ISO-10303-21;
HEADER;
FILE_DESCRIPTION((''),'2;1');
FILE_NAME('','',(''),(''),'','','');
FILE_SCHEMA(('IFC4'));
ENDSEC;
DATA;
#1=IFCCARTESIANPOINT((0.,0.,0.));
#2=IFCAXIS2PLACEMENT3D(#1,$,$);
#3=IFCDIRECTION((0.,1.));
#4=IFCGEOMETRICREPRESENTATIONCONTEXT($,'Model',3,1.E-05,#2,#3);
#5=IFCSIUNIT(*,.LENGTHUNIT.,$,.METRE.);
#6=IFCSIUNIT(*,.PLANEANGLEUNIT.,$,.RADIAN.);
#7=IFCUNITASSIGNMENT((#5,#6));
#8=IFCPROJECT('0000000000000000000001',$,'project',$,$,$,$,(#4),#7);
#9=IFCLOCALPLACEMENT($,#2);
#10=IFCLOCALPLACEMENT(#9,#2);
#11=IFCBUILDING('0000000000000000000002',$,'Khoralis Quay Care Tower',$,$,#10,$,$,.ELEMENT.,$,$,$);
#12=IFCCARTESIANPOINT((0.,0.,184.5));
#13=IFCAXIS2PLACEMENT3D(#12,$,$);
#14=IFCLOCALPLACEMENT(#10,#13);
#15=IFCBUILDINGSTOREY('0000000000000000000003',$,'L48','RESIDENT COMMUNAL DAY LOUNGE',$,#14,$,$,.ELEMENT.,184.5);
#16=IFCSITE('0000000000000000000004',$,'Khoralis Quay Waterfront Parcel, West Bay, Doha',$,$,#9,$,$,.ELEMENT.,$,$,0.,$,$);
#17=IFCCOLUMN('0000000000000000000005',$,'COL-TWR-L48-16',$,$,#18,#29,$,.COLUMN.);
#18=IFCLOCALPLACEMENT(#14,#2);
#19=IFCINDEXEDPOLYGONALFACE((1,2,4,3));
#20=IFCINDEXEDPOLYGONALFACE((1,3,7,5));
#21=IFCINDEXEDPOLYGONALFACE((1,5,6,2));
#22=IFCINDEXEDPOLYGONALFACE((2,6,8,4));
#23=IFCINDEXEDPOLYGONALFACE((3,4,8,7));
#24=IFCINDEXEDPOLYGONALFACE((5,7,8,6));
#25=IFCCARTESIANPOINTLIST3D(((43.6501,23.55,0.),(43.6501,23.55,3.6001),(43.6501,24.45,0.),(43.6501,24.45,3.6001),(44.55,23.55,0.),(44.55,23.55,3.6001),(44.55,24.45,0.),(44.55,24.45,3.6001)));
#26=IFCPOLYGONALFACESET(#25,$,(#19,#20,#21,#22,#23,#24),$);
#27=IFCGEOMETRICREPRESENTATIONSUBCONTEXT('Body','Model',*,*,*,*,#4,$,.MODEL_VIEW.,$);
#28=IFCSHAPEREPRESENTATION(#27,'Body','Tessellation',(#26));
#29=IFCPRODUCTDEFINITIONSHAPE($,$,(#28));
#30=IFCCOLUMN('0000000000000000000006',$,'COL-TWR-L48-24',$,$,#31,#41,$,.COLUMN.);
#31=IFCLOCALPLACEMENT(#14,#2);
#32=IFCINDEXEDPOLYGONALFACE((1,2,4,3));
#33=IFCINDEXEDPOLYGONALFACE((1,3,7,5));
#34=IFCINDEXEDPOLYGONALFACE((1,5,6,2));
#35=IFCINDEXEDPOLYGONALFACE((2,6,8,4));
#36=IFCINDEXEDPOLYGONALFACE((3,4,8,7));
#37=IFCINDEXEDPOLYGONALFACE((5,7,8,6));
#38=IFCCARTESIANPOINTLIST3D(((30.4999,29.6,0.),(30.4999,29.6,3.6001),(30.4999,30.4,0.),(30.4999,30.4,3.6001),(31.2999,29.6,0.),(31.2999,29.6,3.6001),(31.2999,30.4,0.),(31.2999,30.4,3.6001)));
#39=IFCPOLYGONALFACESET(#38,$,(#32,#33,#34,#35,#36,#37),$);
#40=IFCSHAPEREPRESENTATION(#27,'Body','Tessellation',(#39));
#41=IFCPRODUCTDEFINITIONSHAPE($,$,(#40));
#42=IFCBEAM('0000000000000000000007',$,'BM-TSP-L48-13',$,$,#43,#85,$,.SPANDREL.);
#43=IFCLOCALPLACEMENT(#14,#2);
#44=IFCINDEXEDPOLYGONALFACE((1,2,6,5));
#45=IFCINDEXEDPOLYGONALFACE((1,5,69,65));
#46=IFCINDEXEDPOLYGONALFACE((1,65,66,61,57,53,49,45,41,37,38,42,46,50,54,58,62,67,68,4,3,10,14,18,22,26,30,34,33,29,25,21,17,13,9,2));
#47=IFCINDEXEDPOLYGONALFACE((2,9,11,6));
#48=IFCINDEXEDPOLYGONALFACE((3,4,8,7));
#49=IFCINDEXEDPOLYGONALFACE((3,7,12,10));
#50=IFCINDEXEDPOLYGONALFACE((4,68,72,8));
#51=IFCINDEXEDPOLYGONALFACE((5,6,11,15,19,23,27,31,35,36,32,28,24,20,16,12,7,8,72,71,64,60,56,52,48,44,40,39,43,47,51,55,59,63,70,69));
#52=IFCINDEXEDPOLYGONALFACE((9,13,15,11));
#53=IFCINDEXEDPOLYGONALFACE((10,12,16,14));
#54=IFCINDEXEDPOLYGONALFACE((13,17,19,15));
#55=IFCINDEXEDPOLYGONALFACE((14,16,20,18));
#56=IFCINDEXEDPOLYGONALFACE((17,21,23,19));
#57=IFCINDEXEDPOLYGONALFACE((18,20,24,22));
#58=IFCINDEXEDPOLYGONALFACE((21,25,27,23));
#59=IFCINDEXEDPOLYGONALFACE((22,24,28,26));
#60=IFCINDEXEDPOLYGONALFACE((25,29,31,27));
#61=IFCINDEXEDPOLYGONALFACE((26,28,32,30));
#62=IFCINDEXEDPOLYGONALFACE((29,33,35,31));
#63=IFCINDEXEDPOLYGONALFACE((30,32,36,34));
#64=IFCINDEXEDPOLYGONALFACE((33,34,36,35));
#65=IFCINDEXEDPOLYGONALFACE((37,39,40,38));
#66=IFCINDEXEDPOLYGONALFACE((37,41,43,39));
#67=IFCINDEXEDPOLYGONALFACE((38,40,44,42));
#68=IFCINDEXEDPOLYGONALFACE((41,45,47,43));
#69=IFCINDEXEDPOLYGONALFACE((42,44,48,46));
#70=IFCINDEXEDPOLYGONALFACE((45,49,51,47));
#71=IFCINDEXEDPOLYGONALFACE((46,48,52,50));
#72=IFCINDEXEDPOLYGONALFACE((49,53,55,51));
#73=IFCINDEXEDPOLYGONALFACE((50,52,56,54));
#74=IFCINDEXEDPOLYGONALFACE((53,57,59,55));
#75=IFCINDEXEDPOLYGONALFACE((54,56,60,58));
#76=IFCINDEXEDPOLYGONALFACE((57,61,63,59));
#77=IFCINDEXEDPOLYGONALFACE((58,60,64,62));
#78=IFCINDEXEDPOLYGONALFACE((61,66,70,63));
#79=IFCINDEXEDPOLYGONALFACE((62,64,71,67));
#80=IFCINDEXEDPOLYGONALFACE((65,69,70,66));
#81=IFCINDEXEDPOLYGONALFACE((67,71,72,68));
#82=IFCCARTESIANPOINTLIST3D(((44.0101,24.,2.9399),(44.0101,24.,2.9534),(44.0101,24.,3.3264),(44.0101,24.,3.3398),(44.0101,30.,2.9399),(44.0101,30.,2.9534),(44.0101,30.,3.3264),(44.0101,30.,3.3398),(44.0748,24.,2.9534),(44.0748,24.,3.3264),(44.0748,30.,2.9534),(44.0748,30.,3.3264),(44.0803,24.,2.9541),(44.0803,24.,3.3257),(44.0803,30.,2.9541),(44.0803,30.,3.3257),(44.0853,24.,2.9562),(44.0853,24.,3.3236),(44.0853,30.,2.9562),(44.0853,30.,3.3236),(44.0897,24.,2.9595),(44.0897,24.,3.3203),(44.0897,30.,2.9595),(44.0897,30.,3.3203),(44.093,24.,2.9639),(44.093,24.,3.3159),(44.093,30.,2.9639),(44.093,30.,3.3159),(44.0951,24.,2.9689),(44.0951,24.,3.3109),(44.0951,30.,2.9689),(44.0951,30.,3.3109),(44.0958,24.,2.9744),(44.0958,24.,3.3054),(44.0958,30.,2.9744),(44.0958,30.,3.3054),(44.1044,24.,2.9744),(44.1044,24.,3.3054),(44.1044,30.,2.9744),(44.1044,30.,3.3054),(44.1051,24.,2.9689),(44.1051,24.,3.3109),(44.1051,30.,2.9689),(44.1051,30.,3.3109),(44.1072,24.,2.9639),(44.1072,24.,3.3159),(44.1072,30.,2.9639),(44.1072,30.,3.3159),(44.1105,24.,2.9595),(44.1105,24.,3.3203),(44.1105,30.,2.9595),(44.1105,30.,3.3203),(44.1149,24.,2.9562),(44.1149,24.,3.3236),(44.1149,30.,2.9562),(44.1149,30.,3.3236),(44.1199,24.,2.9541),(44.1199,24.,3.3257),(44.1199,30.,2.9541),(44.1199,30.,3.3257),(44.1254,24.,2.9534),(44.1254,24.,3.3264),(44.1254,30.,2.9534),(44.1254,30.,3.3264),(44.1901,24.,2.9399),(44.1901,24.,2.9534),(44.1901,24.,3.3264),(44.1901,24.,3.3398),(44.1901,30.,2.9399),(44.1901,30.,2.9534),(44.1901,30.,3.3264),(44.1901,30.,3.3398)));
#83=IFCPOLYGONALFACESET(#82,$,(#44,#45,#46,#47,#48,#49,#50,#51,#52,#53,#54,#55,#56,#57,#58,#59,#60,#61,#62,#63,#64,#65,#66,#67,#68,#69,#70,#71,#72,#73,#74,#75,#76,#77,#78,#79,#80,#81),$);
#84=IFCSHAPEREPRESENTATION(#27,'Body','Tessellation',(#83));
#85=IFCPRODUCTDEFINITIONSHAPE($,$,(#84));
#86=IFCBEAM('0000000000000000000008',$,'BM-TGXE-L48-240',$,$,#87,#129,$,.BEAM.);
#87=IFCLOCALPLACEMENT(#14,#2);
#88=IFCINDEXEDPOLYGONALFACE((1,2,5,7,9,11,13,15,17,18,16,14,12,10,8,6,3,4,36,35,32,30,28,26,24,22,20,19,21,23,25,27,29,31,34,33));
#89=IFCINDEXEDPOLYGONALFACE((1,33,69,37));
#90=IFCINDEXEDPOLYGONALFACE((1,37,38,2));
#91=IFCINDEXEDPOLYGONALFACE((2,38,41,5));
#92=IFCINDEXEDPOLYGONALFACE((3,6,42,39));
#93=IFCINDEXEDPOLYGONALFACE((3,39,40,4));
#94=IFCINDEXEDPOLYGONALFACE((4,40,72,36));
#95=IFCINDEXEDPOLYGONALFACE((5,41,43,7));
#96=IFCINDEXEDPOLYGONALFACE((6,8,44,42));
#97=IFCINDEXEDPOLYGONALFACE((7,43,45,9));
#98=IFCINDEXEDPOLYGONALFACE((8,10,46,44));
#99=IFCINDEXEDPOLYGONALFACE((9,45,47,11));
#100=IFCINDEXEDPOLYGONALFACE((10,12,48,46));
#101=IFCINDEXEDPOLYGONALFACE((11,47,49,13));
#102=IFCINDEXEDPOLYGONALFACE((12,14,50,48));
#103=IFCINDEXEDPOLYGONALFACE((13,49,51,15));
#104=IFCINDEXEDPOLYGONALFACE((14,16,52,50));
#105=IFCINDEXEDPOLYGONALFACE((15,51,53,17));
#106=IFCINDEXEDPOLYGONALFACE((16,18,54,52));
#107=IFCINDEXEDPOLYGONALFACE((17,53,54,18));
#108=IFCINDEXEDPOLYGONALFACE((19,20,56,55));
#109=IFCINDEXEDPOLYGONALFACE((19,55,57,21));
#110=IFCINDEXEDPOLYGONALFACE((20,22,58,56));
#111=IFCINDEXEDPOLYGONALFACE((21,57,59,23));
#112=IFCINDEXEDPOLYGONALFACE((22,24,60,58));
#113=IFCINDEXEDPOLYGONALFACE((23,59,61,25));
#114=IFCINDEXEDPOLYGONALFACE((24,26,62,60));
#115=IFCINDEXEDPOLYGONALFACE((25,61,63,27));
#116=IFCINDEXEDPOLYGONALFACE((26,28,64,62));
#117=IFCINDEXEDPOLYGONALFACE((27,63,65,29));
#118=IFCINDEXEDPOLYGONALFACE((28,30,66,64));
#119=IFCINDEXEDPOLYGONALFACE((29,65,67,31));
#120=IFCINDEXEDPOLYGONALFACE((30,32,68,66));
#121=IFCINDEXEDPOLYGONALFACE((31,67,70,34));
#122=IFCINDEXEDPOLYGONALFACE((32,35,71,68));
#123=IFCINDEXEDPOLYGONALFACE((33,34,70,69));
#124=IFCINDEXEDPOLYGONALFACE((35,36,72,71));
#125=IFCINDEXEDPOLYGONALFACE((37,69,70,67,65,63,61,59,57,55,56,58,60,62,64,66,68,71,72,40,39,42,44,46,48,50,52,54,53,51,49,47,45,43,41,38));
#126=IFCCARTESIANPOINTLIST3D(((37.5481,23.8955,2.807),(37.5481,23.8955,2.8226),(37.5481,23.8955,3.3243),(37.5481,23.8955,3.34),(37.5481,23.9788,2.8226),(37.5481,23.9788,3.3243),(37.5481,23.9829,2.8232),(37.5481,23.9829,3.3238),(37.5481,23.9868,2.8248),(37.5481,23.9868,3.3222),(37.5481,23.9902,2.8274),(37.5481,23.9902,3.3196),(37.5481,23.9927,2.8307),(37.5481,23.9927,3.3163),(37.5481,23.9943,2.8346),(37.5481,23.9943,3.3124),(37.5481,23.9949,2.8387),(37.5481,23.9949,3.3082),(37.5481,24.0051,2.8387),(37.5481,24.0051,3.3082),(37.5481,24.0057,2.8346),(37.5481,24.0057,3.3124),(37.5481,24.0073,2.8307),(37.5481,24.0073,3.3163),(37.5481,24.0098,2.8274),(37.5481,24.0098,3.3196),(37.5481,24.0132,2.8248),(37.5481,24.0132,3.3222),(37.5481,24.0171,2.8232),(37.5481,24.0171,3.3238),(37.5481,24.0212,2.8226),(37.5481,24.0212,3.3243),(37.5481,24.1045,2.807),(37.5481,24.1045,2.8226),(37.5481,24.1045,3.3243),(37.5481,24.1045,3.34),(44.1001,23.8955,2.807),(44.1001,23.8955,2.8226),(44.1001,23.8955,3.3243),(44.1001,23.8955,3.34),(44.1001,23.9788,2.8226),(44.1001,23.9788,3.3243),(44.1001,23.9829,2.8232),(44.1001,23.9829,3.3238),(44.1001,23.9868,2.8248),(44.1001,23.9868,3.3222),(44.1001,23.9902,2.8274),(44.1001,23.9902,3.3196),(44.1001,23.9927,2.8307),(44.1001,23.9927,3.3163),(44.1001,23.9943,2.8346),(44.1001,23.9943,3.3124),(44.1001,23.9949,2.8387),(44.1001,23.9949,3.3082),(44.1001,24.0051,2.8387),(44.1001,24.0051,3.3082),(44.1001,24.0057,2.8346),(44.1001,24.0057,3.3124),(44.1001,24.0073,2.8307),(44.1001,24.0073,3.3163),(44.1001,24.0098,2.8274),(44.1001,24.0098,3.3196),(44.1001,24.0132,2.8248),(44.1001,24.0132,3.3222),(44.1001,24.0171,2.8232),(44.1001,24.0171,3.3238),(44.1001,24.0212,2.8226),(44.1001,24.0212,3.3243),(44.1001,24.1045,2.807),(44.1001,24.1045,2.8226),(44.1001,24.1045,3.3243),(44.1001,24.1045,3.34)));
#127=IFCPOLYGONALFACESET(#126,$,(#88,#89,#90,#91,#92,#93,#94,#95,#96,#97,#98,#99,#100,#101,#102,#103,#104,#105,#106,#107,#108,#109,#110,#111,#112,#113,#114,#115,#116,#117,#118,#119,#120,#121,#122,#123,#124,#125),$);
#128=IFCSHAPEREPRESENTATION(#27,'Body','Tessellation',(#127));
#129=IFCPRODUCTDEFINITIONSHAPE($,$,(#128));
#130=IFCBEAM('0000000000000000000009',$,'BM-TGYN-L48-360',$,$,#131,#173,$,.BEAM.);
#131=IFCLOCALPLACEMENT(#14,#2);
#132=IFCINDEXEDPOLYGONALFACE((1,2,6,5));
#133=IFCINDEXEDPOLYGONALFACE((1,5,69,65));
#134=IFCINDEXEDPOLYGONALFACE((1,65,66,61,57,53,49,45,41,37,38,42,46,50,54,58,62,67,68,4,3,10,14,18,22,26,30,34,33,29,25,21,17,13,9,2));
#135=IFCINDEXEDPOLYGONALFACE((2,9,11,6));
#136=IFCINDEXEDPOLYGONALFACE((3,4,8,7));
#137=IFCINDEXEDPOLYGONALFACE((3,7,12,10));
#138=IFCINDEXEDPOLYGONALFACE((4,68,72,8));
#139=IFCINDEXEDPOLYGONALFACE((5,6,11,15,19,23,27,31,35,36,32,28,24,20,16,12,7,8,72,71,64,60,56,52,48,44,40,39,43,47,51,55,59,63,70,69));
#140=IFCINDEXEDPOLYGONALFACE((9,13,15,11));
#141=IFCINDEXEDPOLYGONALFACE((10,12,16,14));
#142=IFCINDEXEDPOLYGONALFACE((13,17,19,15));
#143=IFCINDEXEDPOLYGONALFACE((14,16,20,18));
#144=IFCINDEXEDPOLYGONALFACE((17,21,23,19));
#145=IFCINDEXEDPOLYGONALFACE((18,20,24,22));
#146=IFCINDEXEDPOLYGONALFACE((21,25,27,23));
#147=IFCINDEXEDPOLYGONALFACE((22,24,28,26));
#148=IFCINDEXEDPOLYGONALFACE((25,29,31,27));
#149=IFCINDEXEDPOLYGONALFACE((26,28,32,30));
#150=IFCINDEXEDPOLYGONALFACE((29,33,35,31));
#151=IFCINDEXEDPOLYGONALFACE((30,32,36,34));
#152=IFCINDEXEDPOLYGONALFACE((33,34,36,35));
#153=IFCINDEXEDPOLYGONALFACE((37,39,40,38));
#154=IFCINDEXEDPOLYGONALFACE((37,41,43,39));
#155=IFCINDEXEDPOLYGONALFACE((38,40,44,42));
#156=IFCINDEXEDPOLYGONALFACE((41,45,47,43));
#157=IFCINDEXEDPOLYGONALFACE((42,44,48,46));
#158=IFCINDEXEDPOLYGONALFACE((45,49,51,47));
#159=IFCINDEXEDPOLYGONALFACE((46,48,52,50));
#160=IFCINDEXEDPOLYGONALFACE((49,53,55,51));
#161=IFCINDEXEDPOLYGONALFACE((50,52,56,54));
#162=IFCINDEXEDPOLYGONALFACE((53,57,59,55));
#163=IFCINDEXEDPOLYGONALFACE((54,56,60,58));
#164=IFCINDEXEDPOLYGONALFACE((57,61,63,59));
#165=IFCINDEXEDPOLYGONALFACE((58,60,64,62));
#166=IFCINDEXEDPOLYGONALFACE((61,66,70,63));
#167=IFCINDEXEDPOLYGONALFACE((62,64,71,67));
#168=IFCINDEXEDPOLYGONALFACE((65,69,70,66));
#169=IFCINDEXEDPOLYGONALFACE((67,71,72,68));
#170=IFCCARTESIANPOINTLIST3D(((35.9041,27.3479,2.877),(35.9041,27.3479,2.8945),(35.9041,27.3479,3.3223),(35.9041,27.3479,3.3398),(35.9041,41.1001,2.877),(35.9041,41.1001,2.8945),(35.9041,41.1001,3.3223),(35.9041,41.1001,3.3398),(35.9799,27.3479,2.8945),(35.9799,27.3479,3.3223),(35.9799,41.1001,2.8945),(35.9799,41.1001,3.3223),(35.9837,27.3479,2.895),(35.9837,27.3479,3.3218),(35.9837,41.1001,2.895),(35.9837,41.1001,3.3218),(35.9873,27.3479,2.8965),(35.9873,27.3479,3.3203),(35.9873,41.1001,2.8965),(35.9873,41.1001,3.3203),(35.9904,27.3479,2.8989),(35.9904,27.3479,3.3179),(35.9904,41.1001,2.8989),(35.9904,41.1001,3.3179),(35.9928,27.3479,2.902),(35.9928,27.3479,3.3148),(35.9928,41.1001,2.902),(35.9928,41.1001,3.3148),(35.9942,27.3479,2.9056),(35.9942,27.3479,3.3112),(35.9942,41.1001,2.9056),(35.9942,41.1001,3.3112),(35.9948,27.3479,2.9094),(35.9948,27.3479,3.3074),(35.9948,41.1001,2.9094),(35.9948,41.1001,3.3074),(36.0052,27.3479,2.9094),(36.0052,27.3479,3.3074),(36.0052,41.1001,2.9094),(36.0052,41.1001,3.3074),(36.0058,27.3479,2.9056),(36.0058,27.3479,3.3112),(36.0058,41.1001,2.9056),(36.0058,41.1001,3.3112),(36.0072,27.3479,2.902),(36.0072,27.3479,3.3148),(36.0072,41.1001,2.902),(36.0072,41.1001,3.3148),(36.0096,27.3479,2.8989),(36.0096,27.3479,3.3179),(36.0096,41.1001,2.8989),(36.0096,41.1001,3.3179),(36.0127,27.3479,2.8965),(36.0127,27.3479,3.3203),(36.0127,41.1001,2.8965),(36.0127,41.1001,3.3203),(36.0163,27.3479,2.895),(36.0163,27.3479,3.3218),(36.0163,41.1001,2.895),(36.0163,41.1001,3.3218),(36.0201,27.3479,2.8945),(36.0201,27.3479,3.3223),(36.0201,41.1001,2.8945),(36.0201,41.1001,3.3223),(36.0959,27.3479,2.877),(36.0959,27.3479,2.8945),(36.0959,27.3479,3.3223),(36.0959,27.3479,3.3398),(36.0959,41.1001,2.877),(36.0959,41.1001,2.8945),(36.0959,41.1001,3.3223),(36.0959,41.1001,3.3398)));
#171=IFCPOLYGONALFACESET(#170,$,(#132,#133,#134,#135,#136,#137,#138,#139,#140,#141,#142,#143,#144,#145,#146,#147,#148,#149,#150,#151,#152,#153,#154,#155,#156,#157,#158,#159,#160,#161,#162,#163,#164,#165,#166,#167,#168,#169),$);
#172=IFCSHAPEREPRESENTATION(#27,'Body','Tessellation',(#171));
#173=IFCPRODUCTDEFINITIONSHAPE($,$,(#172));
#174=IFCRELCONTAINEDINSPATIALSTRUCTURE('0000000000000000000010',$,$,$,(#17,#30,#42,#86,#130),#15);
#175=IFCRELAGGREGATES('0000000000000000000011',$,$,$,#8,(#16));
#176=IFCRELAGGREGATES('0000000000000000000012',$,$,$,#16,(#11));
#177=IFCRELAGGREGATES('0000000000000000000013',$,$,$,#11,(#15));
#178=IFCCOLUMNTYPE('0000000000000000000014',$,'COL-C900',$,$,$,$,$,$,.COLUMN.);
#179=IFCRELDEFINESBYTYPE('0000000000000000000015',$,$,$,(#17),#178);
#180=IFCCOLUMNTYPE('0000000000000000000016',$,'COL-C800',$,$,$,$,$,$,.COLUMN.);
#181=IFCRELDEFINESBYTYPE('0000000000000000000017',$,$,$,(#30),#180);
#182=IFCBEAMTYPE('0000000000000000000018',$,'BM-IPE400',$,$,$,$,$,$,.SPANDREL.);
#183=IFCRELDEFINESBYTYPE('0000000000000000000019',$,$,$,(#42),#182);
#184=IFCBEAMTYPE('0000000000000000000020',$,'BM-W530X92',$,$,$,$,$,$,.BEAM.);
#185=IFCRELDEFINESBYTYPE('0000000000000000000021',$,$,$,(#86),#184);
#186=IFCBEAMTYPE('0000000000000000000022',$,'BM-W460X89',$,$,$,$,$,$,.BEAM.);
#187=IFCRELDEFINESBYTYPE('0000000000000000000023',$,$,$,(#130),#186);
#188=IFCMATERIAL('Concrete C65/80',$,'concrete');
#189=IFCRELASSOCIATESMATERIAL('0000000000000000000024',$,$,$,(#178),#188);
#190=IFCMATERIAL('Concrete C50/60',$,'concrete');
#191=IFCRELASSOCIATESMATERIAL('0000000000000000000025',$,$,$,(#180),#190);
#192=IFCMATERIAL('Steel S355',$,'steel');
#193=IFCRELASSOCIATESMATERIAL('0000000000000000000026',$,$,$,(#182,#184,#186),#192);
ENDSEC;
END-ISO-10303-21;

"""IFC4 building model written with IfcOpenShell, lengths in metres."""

from ifc_helpers import new_model, si_unit, direction, frame, origin, origin_2d, place, context, subcontext, project, spatial, rectangle, i_section, extrude, source, transform, mapped, material, material_profile, profile_set, type_object, element, save


model = new_model("IFC4")

# Units and contexts
model_context = context("Model", 3, precision=1e-05, world=origin(), true_north=direction((0.0, 1.0)))
body_context = subcontext(model_context, "Body", "Model", "MODEL_VIEW")
ifc_project = project(units=[si_unit("LENGTHUNIT", "METRE"), si_unit("PLANEANGLEUNIT", "RADIAN")], contexts=[model_context])

# Site, building, storey
site_placement = place(None, origin())
site = spatial("IfcSite", under=ifc_project, at=site_placement, Name="Khoralis Quay Waterfront Parcel, West Bay, Doha", CompositionType="ELEMENT", RefElevation=0.0)
building_placement = place(site_placement, origin())
building = spatial("IfcBuilding", under=site, at=building_placement, Name="Khoralis Quay Care Tower", CompositionType="ELEMENT")
storey_placement = place(building_placement, frame((0.0, 0.0, 184.5)))
storey = spatial("IfcBuildingStorey", under=building, at=storey_placement, Name="L48", Description="RESIDENT COMMUNAL DAY LOUNGE", CompositionType="ELEMENT", Elevation=184.5)

# Columns
ifc_material_1 = material(Name="Concrete C65/80", Category="concrete")
ifc_material_profile_1 = material_profile(ifc_material_1, rectangle(XDim=0.8999, YDim=0.8999, at=origin_2d()), Name="Concrete C65/80")
ifc_profile_set_1 = profile_set([ifc_material_profile_1], Name="Concrete C65/80")
column_type_1 = type_object("IfcColumnType", Name="COL-C900", PredefinedType="COLUMN", material=ifc_profile_set_1)
shared_shape_1 = source(origin(), body_context, "Body", "SweptSolid", [
    extrude(rectangle(XDim=0.8999, YDim=0.8999, at=origin_2d()), origin(), (0.0, 0.0, 1.0), 3.6001),
])
column_1_placement = place(storey_placement, frame((44.1001, 24.0, 0.0), z_axis=(0.0, 0.0, 1.0), x_axis=(1.0, 0.0, 0.0)))
element("IfcColumn", 1, at=column_1_placement, inside=storey, type_object=column_type_1, Name="COL-TWR-L48-16", PredefinedType="COLUMN", context=body_context, shape_type="MappedRepresentation", body=[
    mapped(shared_shape_1, transform((0.0, 0.0, 0.0), scale=1.0)),
])
ifc_material_2 = material(Name="Concrete C50/60", Category="concrete")
ifc_material_profile_2 = material_profile(ifc_material_2, rectangle(XDim=0.8, YDim=0.8, at=origin_2d()), Name="Concrete C50/60")
ifc_profile_set_2 = profile_set([ifc_material_profile_2], Name="Concrete C50/60")
column_type_2 = type_object("IfcColumnType", Name="COL-C800", PredefinedType="COLUMN", material=ifc_profile_set_2)
shared_shape_2 = source(origin(), body_context, "Body", "SweptSolid", [
    extrude(rectangle(XDim=0.8, YDim=0.8, at=origin_2d()), origin(), (0.0, 0.0, 1.0), 3.6001),
])
column_2_placement = place(storey_placement, frame((30.8999, 30.0, 0.0), z_axis=(0.0, 0.0, 1.0), x_axis=(1.0, 0.0, 0.0)))
element("IfcColumn", 2, at=column_2_placement, inside=storey, type_object=column_type_2, Name="COL-TWR-L48-24", PredefinedType="COLUMN", context=body_context, shape_type="MappedRepresentation", body=[
    mapped(shared_shape_2, transform((0.0, 0.0, 0.0), scale=1.0)),
])

# Beams
ifc_material_3 = material(Name="Steel S355", Category="steel")
ifc_material_profile_3 = material_profile(ifc_material_3, i_section(OverallWidth=0.1799, OverallDepth=0.3999, WebThickness=0.0085, FlangeThickness=0.0134, FilletRadius=0.021, at=origin_2d()), Name="Steel S355")
ifc_profile_set_3 = profile_set([ifc_material_profile_3], Name="Steel S355")
beam_type_1 = type_object("IfcBeamType", Name="BM-IPE400", PredefinedType="SPANDREL", material=ifc_profile_set_3)
shared_shape_3 = source(origin(), body_context, "Body", "SweptSolid", [
    extrude(i_section(OverallWidth=0.1799, OverallDepth=0.3999, WebThickness=0.0085, FlangeThickness=0.0134, FilletRadius=0.021, at=origin_2d()), origin(), (0.0, 0.0, 1.0), 6.0),
])
beam_1_placement = place(storey_placement, frame((44.1001, 24.0, 3.1399), z_axis=(0.0, 1.0, 0.0), x_axis=(-1.0, 0.0, 0.0)))
element("IfcBeam", 3, at=beam_1_placement, inside=storey, type_object=beam_type_1, Name="BM-TSP-L48-13", PredefinedType="SPANDREL", context=body_context, shape_type="MappedRepresentation", body=[
    mapped(shared_shape_3, transform((0.0, 0.0, 0.0), scale=1.0)),
])
ifc_material_profile_4 = material_profile(ifc_material_3, i_section(OverallWidth=0.209, OverallDepth=0.533, WebThickness=0.0103, FlangeThickness=0.0156, FilletRadius=0.0161, at=origin_2d()), Name="Steel S355")
ifc_profile_set_4 = profile_set([ifc_material_profile_4], Name="Steel S355")
beam_type_2 = type_object("IfcBeamType", Name="BM-W530X92", PredefinedType="BEAM", material=ifc_profile_set_4)
shared_shape_4 = source(origin(), body_context, "Body", "SweptSolid", [
    extrude(i_section(OverallWidth=0.209, OverallDepth=0.533, WebThickness=0.0103, FlangeThickness=0.0156, FilletRadius=0.0161, at=origin_2d()), origin(), (0.0, 0.0, 1.0), 6.552),
])
beam_2_placement = place(storey_placement, frame((37.5481, 24.0, 3.0735), z_axis=(1.0, 0.0, 0.0), x_axis=(0.0, 1.0, 0.0)))
element("IfcBeam", 4, at=beam_2_placement, inside=storey, type_object=beam_type_2, Name="BM-TGXE-L48-240", PredefinedType="BEAM", context=body_context, shape_type="MappedRepresentation", body=[
    mapped(shared_shape_4, transform((0.0, 0.0, 0.0), scale=1.0)),
])
ifc_material_profile_5 = material_profile(ifc_material_3, i_section(OverallWidth=0.1919, OverallDepth=0.4629, WebThickness=0.0105, FlangeThickness=0.0176, FilletRadius=0.0149, at=origin_2d()), Name="Steel S355")
ifc_profile_set_5 = profile_set([ifc_material_profile_5], Name="Steel S355")
beam_type_3 = type_object("IfcBeamType", Name="BM-W460X89", PredefinedType="BEAM", material=ifc_profile_set_5)
shared_shape_5 = source(origin(), body_context, "Body", "SweptSolid", [
    extrude(i_section(OverallWidth=0.1919, OverallDepth=0.4629, WebThickness=0.0105, FlangeThickness=0.0176, FilletRadius=0.0149, at=origin_2d()), origin(), (0.0, 0.0, 1.0), 13.7522),
])
beam_3_placement = place(storey_placement, frame((36.0, 27.3479, 3.1084), z_axis=(0.0, 1.0, 0.0), x_axis=(-1.0, 0.0, 0.0)))
element("IfcBeam", 5, at=beam_3_placement, inside=storey, type_object=beam_type_3, Name="BM-TGYN-L48-360", PredefinedType="BEAM", context=body_context, shape_type="MappedRepresentation", body=[
    mapped(shared_shape_5, transform((0.0, 0.0, 0.0), scale=1.0)),
])

save(model, "model.ifc")
